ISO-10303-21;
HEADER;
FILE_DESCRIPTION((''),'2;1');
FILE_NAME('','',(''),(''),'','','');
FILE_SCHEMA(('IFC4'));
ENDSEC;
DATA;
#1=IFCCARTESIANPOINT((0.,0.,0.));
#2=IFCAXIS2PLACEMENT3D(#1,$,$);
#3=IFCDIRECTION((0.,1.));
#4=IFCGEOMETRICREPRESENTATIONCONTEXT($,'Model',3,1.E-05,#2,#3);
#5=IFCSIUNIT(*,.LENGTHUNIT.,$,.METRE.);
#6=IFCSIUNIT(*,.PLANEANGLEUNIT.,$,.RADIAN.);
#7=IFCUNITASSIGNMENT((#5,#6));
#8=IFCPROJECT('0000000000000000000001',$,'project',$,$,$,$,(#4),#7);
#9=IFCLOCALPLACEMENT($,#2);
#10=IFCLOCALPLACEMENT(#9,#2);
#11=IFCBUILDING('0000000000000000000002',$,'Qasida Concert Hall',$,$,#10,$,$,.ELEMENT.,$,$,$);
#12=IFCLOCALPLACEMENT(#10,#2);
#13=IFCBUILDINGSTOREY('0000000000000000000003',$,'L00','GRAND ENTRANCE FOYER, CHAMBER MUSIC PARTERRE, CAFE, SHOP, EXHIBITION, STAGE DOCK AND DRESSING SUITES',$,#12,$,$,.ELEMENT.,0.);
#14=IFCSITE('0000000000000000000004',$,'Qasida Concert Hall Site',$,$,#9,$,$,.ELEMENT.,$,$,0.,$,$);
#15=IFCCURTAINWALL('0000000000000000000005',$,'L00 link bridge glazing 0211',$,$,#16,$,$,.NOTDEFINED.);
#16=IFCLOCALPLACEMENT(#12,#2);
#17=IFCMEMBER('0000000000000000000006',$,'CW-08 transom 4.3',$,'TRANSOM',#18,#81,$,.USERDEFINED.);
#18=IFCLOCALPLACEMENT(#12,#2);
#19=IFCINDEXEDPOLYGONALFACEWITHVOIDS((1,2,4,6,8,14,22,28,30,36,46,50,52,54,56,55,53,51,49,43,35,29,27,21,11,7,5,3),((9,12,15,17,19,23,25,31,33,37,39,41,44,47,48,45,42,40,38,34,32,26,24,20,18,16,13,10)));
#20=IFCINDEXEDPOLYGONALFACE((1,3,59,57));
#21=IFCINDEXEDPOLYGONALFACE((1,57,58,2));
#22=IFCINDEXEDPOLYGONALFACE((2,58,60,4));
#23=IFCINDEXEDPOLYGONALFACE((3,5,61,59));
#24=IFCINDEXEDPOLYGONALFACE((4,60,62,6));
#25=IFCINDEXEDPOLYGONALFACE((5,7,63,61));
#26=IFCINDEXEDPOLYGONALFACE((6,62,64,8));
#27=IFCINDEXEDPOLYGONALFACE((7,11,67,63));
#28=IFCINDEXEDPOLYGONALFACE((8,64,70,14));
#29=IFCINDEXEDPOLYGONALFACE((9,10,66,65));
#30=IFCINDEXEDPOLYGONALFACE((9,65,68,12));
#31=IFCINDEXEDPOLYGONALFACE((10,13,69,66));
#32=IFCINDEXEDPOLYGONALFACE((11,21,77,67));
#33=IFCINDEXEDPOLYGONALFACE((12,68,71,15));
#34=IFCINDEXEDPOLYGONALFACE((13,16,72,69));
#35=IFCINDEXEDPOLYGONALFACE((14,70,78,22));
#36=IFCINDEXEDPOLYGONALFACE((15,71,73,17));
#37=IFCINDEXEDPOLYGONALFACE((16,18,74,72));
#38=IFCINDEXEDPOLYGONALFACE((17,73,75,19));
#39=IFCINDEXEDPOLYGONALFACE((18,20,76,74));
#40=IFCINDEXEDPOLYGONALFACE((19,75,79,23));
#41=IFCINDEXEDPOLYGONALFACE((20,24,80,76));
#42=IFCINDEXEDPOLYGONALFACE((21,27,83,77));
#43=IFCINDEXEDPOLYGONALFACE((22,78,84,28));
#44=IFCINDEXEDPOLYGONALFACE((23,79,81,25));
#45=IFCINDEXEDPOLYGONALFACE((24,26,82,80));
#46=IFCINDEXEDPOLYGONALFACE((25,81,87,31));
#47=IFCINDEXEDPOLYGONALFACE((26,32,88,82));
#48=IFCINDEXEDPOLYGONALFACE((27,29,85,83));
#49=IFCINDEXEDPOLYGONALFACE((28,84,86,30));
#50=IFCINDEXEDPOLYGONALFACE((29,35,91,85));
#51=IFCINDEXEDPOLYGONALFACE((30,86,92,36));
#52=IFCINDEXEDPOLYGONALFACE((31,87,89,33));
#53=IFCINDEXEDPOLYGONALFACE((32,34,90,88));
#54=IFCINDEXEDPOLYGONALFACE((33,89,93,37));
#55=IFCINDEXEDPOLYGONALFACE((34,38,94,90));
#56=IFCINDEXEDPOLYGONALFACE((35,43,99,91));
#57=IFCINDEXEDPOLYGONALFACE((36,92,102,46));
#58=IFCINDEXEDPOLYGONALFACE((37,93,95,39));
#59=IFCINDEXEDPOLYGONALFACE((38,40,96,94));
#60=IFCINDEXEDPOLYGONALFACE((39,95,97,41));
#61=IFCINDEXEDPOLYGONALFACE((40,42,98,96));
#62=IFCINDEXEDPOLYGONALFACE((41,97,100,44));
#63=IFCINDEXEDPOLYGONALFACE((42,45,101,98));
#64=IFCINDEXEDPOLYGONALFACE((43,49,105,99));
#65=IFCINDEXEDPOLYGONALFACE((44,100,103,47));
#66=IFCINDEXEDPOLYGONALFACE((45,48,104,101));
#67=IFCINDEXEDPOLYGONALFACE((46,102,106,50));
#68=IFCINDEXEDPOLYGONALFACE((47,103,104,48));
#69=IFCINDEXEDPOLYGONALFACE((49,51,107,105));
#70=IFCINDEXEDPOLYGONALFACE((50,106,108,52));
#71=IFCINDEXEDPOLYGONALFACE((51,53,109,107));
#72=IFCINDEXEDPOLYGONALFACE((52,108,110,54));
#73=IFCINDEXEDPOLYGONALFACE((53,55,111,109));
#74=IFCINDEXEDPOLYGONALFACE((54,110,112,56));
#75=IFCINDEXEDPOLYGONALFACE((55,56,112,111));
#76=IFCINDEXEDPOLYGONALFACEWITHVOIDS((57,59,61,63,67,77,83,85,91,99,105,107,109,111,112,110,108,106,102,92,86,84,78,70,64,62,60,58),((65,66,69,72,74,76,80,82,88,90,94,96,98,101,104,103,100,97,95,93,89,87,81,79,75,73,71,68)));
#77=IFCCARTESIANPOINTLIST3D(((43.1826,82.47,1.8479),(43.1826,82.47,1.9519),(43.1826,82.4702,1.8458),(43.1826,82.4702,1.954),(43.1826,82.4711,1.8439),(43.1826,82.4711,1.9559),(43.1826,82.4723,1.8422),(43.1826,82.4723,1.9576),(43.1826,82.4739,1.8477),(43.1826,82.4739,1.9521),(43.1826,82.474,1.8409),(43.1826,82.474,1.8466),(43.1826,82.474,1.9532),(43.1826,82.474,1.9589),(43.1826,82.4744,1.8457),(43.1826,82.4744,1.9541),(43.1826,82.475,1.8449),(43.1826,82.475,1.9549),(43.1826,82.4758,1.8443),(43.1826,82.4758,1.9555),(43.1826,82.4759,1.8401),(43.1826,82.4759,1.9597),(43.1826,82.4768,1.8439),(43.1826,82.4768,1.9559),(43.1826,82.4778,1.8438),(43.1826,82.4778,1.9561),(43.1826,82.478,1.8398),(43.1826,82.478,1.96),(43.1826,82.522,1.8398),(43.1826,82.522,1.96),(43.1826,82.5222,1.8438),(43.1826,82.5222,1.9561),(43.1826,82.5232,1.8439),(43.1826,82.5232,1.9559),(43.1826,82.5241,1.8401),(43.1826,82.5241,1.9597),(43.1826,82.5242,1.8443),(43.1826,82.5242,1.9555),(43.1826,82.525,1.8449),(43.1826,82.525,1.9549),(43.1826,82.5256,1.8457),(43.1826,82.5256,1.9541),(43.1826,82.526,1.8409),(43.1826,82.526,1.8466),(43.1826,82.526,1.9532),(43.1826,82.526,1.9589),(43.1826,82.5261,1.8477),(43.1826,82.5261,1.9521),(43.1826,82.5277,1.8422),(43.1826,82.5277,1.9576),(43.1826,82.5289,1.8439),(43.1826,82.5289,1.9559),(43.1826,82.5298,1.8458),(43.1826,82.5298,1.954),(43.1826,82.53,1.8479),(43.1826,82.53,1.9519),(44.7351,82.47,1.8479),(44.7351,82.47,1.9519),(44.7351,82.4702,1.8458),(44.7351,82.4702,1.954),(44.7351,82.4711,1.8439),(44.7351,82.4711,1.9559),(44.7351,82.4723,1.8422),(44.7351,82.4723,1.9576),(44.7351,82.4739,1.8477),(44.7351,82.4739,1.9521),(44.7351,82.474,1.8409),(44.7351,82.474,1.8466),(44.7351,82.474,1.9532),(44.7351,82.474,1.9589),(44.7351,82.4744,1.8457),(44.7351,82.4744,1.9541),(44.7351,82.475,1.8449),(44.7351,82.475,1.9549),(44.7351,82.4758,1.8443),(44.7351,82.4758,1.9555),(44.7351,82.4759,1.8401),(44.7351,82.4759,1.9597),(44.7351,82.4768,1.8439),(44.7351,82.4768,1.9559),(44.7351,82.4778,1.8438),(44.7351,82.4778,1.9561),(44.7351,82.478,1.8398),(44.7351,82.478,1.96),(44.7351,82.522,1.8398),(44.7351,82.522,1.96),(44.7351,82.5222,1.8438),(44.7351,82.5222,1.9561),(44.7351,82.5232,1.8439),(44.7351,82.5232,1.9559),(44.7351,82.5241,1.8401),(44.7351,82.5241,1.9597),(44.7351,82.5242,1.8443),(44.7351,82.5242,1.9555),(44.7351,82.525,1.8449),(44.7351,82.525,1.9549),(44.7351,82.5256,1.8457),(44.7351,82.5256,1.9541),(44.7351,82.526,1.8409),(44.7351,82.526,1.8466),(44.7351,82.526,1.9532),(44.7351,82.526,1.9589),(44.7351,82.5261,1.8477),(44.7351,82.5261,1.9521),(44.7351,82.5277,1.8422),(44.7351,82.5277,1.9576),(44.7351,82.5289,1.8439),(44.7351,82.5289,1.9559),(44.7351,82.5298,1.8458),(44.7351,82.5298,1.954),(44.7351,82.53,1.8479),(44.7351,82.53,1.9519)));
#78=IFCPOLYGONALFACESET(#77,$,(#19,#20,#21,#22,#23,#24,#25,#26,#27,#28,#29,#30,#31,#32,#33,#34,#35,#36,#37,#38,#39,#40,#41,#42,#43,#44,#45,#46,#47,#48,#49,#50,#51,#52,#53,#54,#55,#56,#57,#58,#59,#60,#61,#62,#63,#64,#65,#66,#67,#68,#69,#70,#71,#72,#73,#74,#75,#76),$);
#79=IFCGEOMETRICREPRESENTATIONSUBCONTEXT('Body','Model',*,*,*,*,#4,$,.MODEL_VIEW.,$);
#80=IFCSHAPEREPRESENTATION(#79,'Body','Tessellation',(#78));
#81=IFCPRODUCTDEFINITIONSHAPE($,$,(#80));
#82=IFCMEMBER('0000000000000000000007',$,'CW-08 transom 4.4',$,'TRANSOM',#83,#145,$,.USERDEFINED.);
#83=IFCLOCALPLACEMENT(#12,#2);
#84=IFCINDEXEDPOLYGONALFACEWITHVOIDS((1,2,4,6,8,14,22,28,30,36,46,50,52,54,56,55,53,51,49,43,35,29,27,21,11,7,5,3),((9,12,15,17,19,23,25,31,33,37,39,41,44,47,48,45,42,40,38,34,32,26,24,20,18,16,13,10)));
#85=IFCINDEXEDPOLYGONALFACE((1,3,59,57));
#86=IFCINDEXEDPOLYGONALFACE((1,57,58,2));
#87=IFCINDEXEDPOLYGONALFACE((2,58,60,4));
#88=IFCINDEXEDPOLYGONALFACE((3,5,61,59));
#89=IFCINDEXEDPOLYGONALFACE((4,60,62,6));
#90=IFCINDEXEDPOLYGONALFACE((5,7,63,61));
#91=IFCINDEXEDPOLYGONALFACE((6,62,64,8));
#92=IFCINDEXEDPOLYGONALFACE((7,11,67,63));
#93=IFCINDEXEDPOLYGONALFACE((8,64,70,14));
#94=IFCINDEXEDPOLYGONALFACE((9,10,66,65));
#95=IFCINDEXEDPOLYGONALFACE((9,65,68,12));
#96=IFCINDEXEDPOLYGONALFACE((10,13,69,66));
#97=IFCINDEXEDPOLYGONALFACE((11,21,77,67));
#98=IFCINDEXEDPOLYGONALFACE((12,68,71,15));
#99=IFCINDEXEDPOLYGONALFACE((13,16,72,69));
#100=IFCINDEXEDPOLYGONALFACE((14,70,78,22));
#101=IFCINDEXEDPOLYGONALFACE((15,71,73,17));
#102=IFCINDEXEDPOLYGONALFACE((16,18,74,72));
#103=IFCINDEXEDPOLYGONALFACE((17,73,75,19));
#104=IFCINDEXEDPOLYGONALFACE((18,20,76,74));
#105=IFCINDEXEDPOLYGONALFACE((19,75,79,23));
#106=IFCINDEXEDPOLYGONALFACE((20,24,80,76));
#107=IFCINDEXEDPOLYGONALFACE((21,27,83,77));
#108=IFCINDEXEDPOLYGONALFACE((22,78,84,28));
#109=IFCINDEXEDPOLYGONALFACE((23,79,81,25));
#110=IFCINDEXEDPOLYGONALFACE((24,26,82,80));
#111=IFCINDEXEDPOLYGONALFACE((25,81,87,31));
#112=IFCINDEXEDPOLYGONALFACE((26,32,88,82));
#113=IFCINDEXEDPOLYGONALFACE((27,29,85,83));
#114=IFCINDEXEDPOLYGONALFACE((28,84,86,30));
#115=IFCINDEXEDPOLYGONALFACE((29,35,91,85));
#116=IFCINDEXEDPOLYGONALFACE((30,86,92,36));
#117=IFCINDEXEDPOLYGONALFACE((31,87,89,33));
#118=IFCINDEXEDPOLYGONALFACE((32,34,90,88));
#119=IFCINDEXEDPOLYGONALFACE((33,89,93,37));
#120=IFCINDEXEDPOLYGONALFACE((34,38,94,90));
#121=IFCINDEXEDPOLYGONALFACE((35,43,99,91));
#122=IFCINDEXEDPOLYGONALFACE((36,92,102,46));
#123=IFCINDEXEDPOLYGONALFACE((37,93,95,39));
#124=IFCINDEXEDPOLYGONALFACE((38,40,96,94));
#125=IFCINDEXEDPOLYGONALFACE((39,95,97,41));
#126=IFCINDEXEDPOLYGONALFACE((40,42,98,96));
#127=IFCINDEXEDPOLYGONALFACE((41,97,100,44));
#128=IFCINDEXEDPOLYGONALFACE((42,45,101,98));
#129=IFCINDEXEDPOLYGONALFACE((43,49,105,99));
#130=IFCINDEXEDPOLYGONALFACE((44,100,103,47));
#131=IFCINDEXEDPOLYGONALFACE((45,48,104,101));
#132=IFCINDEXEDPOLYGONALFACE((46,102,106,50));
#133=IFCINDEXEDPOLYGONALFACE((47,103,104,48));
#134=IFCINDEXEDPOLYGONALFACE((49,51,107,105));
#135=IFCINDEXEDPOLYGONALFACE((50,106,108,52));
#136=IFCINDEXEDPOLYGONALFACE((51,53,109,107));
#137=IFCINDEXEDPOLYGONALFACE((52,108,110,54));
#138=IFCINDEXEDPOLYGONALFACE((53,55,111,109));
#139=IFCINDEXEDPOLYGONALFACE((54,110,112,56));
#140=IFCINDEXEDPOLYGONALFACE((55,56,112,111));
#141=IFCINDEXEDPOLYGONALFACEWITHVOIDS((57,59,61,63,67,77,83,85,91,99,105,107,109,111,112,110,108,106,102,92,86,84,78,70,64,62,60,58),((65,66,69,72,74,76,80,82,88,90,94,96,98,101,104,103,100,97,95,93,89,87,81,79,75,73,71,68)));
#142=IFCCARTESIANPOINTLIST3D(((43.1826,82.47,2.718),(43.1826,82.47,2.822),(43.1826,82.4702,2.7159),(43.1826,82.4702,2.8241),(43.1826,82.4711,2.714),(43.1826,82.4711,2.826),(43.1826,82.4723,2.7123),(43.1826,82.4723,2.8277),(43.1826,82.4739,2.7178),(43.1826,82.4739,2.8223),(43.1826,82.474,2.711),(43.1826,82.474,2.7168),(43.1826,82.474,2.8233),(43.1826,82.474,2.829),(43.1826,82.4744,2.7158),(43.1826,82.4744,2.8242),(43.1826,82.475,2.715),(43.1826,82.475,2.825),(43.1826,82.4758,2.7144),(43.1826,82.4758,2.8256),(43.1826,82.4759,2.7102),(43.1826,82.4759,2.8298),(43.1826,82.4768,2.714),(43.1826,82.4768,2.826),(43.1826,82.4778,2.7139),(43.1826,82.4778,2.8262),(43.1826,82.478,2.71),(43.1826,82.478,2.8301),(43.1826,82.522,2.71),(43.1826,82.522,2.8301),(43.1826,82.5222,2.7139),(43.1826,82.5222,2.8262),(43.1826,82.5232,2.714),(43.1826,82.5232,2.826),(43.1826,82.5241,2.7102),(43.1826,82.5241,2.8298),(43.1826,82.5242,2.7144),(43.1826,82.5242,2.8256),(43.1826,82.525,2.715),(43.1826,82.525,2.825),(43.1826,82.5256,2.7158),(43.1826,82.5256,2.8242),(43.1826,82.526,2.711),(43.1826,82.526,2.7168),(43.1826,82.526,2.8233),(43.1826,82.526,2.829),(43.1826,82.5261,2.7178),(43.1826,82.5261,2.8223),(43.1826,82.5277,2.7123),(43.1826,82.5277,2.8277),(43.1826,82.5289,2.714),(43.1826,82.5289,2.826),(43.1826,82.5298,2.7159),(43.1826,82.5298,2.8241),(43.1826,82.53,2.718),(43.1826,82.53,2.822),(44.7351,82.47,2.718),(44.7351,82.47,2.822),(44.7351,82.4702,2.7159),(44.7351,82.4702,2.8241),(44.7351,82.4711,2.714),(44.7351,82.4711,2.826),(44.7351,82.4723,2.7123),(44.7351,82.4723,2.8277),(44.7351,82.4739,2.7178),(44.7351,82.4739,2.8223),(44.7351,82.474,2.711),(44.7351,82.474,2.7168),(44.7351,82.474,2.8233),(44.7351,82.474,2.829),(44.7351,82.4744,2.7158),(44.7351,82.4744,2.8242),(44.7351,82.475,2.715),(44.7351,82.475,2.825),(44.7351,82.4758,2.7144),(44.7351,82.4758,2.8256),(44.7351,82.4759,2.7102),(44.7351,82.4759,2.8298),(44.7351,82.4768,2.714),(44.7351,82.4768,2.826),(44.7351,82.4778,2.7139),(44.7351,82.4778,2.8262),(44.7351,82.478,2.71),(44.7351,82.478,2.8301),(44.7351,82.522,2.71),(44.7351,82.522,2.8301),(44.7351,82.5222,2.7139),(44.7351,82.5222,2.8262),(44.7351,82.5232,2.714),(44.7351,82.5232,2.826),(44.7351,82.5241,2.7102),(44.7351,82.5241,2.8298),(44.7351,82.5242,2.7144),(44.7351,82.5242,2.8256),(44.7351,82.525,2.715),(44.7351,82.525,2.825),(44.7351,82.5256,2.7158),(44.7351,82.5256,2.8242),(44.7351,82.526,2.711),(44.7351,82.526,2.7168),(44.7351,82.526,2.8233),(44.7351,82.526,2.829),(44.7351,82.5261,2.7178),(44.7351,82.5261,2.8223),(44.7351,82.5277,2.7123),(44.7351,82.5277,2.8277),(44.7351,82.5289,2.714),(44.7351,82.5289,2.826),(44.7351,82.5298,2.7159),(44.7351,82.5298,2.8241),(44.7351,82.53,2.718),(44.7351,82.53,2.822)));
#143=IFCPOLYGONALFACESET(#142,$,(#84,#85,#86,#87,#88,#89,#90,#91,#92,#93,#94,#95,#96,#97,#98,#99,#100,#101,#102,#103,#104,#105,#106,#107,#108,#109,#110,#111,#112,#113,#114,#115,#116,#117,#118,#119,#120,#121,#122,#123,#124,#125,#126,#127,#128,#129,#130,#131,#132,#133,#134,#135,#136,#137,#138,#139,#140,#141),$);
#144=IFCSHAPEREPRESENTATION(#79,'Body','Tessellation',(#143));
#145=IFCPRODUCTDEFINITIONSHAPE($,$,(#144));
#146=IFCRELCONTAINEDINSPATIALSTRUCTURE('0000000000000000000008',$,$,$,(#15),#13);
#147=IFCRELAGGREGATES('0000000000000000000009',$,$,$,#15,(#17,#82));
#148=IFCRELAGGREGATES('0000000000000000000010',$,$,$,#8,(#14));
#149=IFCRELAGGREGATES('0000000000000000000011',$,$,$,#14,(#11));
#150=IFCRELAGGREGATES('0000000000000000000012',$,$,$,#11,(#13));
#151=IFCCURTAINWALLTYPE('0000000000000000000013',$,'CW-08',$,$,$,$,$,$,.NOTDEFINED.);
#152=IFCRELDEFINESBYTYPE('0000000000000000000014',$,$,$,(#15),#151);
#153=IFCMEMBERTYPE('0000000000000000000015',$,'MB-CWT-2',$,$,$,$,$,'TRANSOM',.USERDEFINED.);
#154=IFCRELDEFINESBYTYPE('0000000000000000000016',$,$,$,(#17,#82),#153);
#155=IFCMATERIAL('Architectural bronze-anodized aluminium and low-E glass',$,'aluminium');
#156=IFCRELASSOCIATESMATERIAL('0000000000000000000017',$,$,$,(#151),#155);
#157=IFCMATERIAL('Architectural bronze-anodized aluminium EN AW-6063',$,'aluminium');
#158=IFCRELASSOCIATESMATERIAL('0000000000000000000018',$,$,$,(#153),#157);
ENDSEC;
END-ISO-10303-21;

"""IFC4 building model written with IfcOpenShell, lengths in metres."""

from ifc_helpers import new_model, si_unit, direction, frame, origin, origin_2d, place, context, subcontext, project, spatial, hollow_rectangle, extrude, material, material_profile, profile_set, type_object, element, aggregate, save


model = new_model("IFC4")

# Units and contexts
model_context = context("Model", 3, precision=1e-05, world=origin(), true_north=direction((0.0, 1.0)))
body_context = subcontext(model_context, "Body", "Model", "MODEL_VIEW")
ifc_project = project(units=[si_unit("LENGTHUNIT", "METRE"), si_unit("PLANEANGLEUNIT", "RADIAN")], contexts=[model_context])

# Site, building, storey
site_placement = place(None, origin())
site = spatial("IfcSite", under=ifc_project, at=site_placement, Name="Qasida Concert Hall Site", CompositionType="ELEMENT", RefElevation=0.0)
building_placement = place(site_placement, origin())
building = spatial("IfcBuilding", under=site, at=building_placement, Name="Qasida Concert Hall", CompositionType="ELEMENT")
storey_placement = place(building_placement, origin())
storey = spatial("IfcBuildingStorey", under=building, at=storey_placement, Name="L00", Description="GRAND ENTRANCE FOYER, CHAMBER MUSIC PARTERRE, CAFE, SHOP, EXHIBITION, STAGE DOCK AND DRESSING SUITES", CompositionType="ELEMENT", Elevation=0.0)

# Curtain wall
ifc_material_1 = material(Name="Architectural bronze-anodized aluminium and low-E glass", Category="aluminium")
curtain_wall_type = type_object("IfcCurtainWallType", Name="CW-08", PredefinedType="NOTDEFINED", material=ifc_material_1)
curtain_wall_1_placement = place(storey_placement, origin())
curtain_wall_1 = element("IfcCurtainWall", 1, at=curtain_wall_1_placement, inside=storey, type_object=curtain_wall_type, Name="L00 link bridge glazing 0211", PredefinedType="NOTDEFINED")
ifc_material_2 = material(Name="Architectural bronze-anodized aluminium EN AW-6063", Category="aluminium")

# Members
ifc_material_profile_1 = material_profile(ifc_material_2, hollow_rectangle(XDim=0.0601, YDim=0.1201, WallThickness=0.0039, InnerFilletRadius=0.0039, OuterFilletRadius=0.0081, at=origin_2d()), Name="CWT 120x60x4")
ifc_profile_set_1 = profile_set([ifc_material_profile_1], Name="Architectural bronze-anodized aluminium EN AW-6063")
member_type_1 = type_object("IfcMemberType", Name="MB-CWT-2", ElementType="TRANSOM", PredefinedType="USERDEFINED", material=ifc_profile_set_1)
member_1_placement = place(storey_placement, frame((43.1826, 82.5, 1.8999), z_axis=(1.0, 0.0, 0.0), x_axis=(0.0, 1.0, 0.0)))
member_1 = element("IfcMember", 2, at=member_1_placement, type_object=member_type_1, Name="CW-08 transom 4.3", ObjectType="TRANSOM", PredefinedType="USERDEFINED", context=body_context, shape_type="SweptSolid", body=[
    extrude(hollow_rectangle(XDim=0.0601, YDim=0.1201, WallThickness=0.0039, InnerFilletRadius=0.0039, OuterFilletRadius=0.0081, at=origin_2d()), origin(), (0.0, 0.0, 1.0), 1.5525),
])
member_2_placement = place(storey_placement, frame((43.1826, 82.5, 2.77), z_axis=(1.0, 0.0, 0.0), x_axis=(0.0, 1.0, 0.0)))
member_2 = element("IfcMember", 3, at=member_2_placement, type_object=member_type_1, Name="CW-08 transom 4.4", ObjectType="TRANSOM", PredefinedType="USERDEFINED", context=body_context, shape_type="SweptSolid", body=[
    extrude(hollow_rectangle(XDim=0.0601, YDim=0.1201, WallThickness=0.0039, InnerFilletRadius=0.0039, OuterFilletRadius=0.0081, at=origin_2d()), origin(), (0.0, 0.0, 1.0), 1.5525),
])

aggregate(curtain_wall_1, [member_1, member_2])

save(model, "model.ifc")
